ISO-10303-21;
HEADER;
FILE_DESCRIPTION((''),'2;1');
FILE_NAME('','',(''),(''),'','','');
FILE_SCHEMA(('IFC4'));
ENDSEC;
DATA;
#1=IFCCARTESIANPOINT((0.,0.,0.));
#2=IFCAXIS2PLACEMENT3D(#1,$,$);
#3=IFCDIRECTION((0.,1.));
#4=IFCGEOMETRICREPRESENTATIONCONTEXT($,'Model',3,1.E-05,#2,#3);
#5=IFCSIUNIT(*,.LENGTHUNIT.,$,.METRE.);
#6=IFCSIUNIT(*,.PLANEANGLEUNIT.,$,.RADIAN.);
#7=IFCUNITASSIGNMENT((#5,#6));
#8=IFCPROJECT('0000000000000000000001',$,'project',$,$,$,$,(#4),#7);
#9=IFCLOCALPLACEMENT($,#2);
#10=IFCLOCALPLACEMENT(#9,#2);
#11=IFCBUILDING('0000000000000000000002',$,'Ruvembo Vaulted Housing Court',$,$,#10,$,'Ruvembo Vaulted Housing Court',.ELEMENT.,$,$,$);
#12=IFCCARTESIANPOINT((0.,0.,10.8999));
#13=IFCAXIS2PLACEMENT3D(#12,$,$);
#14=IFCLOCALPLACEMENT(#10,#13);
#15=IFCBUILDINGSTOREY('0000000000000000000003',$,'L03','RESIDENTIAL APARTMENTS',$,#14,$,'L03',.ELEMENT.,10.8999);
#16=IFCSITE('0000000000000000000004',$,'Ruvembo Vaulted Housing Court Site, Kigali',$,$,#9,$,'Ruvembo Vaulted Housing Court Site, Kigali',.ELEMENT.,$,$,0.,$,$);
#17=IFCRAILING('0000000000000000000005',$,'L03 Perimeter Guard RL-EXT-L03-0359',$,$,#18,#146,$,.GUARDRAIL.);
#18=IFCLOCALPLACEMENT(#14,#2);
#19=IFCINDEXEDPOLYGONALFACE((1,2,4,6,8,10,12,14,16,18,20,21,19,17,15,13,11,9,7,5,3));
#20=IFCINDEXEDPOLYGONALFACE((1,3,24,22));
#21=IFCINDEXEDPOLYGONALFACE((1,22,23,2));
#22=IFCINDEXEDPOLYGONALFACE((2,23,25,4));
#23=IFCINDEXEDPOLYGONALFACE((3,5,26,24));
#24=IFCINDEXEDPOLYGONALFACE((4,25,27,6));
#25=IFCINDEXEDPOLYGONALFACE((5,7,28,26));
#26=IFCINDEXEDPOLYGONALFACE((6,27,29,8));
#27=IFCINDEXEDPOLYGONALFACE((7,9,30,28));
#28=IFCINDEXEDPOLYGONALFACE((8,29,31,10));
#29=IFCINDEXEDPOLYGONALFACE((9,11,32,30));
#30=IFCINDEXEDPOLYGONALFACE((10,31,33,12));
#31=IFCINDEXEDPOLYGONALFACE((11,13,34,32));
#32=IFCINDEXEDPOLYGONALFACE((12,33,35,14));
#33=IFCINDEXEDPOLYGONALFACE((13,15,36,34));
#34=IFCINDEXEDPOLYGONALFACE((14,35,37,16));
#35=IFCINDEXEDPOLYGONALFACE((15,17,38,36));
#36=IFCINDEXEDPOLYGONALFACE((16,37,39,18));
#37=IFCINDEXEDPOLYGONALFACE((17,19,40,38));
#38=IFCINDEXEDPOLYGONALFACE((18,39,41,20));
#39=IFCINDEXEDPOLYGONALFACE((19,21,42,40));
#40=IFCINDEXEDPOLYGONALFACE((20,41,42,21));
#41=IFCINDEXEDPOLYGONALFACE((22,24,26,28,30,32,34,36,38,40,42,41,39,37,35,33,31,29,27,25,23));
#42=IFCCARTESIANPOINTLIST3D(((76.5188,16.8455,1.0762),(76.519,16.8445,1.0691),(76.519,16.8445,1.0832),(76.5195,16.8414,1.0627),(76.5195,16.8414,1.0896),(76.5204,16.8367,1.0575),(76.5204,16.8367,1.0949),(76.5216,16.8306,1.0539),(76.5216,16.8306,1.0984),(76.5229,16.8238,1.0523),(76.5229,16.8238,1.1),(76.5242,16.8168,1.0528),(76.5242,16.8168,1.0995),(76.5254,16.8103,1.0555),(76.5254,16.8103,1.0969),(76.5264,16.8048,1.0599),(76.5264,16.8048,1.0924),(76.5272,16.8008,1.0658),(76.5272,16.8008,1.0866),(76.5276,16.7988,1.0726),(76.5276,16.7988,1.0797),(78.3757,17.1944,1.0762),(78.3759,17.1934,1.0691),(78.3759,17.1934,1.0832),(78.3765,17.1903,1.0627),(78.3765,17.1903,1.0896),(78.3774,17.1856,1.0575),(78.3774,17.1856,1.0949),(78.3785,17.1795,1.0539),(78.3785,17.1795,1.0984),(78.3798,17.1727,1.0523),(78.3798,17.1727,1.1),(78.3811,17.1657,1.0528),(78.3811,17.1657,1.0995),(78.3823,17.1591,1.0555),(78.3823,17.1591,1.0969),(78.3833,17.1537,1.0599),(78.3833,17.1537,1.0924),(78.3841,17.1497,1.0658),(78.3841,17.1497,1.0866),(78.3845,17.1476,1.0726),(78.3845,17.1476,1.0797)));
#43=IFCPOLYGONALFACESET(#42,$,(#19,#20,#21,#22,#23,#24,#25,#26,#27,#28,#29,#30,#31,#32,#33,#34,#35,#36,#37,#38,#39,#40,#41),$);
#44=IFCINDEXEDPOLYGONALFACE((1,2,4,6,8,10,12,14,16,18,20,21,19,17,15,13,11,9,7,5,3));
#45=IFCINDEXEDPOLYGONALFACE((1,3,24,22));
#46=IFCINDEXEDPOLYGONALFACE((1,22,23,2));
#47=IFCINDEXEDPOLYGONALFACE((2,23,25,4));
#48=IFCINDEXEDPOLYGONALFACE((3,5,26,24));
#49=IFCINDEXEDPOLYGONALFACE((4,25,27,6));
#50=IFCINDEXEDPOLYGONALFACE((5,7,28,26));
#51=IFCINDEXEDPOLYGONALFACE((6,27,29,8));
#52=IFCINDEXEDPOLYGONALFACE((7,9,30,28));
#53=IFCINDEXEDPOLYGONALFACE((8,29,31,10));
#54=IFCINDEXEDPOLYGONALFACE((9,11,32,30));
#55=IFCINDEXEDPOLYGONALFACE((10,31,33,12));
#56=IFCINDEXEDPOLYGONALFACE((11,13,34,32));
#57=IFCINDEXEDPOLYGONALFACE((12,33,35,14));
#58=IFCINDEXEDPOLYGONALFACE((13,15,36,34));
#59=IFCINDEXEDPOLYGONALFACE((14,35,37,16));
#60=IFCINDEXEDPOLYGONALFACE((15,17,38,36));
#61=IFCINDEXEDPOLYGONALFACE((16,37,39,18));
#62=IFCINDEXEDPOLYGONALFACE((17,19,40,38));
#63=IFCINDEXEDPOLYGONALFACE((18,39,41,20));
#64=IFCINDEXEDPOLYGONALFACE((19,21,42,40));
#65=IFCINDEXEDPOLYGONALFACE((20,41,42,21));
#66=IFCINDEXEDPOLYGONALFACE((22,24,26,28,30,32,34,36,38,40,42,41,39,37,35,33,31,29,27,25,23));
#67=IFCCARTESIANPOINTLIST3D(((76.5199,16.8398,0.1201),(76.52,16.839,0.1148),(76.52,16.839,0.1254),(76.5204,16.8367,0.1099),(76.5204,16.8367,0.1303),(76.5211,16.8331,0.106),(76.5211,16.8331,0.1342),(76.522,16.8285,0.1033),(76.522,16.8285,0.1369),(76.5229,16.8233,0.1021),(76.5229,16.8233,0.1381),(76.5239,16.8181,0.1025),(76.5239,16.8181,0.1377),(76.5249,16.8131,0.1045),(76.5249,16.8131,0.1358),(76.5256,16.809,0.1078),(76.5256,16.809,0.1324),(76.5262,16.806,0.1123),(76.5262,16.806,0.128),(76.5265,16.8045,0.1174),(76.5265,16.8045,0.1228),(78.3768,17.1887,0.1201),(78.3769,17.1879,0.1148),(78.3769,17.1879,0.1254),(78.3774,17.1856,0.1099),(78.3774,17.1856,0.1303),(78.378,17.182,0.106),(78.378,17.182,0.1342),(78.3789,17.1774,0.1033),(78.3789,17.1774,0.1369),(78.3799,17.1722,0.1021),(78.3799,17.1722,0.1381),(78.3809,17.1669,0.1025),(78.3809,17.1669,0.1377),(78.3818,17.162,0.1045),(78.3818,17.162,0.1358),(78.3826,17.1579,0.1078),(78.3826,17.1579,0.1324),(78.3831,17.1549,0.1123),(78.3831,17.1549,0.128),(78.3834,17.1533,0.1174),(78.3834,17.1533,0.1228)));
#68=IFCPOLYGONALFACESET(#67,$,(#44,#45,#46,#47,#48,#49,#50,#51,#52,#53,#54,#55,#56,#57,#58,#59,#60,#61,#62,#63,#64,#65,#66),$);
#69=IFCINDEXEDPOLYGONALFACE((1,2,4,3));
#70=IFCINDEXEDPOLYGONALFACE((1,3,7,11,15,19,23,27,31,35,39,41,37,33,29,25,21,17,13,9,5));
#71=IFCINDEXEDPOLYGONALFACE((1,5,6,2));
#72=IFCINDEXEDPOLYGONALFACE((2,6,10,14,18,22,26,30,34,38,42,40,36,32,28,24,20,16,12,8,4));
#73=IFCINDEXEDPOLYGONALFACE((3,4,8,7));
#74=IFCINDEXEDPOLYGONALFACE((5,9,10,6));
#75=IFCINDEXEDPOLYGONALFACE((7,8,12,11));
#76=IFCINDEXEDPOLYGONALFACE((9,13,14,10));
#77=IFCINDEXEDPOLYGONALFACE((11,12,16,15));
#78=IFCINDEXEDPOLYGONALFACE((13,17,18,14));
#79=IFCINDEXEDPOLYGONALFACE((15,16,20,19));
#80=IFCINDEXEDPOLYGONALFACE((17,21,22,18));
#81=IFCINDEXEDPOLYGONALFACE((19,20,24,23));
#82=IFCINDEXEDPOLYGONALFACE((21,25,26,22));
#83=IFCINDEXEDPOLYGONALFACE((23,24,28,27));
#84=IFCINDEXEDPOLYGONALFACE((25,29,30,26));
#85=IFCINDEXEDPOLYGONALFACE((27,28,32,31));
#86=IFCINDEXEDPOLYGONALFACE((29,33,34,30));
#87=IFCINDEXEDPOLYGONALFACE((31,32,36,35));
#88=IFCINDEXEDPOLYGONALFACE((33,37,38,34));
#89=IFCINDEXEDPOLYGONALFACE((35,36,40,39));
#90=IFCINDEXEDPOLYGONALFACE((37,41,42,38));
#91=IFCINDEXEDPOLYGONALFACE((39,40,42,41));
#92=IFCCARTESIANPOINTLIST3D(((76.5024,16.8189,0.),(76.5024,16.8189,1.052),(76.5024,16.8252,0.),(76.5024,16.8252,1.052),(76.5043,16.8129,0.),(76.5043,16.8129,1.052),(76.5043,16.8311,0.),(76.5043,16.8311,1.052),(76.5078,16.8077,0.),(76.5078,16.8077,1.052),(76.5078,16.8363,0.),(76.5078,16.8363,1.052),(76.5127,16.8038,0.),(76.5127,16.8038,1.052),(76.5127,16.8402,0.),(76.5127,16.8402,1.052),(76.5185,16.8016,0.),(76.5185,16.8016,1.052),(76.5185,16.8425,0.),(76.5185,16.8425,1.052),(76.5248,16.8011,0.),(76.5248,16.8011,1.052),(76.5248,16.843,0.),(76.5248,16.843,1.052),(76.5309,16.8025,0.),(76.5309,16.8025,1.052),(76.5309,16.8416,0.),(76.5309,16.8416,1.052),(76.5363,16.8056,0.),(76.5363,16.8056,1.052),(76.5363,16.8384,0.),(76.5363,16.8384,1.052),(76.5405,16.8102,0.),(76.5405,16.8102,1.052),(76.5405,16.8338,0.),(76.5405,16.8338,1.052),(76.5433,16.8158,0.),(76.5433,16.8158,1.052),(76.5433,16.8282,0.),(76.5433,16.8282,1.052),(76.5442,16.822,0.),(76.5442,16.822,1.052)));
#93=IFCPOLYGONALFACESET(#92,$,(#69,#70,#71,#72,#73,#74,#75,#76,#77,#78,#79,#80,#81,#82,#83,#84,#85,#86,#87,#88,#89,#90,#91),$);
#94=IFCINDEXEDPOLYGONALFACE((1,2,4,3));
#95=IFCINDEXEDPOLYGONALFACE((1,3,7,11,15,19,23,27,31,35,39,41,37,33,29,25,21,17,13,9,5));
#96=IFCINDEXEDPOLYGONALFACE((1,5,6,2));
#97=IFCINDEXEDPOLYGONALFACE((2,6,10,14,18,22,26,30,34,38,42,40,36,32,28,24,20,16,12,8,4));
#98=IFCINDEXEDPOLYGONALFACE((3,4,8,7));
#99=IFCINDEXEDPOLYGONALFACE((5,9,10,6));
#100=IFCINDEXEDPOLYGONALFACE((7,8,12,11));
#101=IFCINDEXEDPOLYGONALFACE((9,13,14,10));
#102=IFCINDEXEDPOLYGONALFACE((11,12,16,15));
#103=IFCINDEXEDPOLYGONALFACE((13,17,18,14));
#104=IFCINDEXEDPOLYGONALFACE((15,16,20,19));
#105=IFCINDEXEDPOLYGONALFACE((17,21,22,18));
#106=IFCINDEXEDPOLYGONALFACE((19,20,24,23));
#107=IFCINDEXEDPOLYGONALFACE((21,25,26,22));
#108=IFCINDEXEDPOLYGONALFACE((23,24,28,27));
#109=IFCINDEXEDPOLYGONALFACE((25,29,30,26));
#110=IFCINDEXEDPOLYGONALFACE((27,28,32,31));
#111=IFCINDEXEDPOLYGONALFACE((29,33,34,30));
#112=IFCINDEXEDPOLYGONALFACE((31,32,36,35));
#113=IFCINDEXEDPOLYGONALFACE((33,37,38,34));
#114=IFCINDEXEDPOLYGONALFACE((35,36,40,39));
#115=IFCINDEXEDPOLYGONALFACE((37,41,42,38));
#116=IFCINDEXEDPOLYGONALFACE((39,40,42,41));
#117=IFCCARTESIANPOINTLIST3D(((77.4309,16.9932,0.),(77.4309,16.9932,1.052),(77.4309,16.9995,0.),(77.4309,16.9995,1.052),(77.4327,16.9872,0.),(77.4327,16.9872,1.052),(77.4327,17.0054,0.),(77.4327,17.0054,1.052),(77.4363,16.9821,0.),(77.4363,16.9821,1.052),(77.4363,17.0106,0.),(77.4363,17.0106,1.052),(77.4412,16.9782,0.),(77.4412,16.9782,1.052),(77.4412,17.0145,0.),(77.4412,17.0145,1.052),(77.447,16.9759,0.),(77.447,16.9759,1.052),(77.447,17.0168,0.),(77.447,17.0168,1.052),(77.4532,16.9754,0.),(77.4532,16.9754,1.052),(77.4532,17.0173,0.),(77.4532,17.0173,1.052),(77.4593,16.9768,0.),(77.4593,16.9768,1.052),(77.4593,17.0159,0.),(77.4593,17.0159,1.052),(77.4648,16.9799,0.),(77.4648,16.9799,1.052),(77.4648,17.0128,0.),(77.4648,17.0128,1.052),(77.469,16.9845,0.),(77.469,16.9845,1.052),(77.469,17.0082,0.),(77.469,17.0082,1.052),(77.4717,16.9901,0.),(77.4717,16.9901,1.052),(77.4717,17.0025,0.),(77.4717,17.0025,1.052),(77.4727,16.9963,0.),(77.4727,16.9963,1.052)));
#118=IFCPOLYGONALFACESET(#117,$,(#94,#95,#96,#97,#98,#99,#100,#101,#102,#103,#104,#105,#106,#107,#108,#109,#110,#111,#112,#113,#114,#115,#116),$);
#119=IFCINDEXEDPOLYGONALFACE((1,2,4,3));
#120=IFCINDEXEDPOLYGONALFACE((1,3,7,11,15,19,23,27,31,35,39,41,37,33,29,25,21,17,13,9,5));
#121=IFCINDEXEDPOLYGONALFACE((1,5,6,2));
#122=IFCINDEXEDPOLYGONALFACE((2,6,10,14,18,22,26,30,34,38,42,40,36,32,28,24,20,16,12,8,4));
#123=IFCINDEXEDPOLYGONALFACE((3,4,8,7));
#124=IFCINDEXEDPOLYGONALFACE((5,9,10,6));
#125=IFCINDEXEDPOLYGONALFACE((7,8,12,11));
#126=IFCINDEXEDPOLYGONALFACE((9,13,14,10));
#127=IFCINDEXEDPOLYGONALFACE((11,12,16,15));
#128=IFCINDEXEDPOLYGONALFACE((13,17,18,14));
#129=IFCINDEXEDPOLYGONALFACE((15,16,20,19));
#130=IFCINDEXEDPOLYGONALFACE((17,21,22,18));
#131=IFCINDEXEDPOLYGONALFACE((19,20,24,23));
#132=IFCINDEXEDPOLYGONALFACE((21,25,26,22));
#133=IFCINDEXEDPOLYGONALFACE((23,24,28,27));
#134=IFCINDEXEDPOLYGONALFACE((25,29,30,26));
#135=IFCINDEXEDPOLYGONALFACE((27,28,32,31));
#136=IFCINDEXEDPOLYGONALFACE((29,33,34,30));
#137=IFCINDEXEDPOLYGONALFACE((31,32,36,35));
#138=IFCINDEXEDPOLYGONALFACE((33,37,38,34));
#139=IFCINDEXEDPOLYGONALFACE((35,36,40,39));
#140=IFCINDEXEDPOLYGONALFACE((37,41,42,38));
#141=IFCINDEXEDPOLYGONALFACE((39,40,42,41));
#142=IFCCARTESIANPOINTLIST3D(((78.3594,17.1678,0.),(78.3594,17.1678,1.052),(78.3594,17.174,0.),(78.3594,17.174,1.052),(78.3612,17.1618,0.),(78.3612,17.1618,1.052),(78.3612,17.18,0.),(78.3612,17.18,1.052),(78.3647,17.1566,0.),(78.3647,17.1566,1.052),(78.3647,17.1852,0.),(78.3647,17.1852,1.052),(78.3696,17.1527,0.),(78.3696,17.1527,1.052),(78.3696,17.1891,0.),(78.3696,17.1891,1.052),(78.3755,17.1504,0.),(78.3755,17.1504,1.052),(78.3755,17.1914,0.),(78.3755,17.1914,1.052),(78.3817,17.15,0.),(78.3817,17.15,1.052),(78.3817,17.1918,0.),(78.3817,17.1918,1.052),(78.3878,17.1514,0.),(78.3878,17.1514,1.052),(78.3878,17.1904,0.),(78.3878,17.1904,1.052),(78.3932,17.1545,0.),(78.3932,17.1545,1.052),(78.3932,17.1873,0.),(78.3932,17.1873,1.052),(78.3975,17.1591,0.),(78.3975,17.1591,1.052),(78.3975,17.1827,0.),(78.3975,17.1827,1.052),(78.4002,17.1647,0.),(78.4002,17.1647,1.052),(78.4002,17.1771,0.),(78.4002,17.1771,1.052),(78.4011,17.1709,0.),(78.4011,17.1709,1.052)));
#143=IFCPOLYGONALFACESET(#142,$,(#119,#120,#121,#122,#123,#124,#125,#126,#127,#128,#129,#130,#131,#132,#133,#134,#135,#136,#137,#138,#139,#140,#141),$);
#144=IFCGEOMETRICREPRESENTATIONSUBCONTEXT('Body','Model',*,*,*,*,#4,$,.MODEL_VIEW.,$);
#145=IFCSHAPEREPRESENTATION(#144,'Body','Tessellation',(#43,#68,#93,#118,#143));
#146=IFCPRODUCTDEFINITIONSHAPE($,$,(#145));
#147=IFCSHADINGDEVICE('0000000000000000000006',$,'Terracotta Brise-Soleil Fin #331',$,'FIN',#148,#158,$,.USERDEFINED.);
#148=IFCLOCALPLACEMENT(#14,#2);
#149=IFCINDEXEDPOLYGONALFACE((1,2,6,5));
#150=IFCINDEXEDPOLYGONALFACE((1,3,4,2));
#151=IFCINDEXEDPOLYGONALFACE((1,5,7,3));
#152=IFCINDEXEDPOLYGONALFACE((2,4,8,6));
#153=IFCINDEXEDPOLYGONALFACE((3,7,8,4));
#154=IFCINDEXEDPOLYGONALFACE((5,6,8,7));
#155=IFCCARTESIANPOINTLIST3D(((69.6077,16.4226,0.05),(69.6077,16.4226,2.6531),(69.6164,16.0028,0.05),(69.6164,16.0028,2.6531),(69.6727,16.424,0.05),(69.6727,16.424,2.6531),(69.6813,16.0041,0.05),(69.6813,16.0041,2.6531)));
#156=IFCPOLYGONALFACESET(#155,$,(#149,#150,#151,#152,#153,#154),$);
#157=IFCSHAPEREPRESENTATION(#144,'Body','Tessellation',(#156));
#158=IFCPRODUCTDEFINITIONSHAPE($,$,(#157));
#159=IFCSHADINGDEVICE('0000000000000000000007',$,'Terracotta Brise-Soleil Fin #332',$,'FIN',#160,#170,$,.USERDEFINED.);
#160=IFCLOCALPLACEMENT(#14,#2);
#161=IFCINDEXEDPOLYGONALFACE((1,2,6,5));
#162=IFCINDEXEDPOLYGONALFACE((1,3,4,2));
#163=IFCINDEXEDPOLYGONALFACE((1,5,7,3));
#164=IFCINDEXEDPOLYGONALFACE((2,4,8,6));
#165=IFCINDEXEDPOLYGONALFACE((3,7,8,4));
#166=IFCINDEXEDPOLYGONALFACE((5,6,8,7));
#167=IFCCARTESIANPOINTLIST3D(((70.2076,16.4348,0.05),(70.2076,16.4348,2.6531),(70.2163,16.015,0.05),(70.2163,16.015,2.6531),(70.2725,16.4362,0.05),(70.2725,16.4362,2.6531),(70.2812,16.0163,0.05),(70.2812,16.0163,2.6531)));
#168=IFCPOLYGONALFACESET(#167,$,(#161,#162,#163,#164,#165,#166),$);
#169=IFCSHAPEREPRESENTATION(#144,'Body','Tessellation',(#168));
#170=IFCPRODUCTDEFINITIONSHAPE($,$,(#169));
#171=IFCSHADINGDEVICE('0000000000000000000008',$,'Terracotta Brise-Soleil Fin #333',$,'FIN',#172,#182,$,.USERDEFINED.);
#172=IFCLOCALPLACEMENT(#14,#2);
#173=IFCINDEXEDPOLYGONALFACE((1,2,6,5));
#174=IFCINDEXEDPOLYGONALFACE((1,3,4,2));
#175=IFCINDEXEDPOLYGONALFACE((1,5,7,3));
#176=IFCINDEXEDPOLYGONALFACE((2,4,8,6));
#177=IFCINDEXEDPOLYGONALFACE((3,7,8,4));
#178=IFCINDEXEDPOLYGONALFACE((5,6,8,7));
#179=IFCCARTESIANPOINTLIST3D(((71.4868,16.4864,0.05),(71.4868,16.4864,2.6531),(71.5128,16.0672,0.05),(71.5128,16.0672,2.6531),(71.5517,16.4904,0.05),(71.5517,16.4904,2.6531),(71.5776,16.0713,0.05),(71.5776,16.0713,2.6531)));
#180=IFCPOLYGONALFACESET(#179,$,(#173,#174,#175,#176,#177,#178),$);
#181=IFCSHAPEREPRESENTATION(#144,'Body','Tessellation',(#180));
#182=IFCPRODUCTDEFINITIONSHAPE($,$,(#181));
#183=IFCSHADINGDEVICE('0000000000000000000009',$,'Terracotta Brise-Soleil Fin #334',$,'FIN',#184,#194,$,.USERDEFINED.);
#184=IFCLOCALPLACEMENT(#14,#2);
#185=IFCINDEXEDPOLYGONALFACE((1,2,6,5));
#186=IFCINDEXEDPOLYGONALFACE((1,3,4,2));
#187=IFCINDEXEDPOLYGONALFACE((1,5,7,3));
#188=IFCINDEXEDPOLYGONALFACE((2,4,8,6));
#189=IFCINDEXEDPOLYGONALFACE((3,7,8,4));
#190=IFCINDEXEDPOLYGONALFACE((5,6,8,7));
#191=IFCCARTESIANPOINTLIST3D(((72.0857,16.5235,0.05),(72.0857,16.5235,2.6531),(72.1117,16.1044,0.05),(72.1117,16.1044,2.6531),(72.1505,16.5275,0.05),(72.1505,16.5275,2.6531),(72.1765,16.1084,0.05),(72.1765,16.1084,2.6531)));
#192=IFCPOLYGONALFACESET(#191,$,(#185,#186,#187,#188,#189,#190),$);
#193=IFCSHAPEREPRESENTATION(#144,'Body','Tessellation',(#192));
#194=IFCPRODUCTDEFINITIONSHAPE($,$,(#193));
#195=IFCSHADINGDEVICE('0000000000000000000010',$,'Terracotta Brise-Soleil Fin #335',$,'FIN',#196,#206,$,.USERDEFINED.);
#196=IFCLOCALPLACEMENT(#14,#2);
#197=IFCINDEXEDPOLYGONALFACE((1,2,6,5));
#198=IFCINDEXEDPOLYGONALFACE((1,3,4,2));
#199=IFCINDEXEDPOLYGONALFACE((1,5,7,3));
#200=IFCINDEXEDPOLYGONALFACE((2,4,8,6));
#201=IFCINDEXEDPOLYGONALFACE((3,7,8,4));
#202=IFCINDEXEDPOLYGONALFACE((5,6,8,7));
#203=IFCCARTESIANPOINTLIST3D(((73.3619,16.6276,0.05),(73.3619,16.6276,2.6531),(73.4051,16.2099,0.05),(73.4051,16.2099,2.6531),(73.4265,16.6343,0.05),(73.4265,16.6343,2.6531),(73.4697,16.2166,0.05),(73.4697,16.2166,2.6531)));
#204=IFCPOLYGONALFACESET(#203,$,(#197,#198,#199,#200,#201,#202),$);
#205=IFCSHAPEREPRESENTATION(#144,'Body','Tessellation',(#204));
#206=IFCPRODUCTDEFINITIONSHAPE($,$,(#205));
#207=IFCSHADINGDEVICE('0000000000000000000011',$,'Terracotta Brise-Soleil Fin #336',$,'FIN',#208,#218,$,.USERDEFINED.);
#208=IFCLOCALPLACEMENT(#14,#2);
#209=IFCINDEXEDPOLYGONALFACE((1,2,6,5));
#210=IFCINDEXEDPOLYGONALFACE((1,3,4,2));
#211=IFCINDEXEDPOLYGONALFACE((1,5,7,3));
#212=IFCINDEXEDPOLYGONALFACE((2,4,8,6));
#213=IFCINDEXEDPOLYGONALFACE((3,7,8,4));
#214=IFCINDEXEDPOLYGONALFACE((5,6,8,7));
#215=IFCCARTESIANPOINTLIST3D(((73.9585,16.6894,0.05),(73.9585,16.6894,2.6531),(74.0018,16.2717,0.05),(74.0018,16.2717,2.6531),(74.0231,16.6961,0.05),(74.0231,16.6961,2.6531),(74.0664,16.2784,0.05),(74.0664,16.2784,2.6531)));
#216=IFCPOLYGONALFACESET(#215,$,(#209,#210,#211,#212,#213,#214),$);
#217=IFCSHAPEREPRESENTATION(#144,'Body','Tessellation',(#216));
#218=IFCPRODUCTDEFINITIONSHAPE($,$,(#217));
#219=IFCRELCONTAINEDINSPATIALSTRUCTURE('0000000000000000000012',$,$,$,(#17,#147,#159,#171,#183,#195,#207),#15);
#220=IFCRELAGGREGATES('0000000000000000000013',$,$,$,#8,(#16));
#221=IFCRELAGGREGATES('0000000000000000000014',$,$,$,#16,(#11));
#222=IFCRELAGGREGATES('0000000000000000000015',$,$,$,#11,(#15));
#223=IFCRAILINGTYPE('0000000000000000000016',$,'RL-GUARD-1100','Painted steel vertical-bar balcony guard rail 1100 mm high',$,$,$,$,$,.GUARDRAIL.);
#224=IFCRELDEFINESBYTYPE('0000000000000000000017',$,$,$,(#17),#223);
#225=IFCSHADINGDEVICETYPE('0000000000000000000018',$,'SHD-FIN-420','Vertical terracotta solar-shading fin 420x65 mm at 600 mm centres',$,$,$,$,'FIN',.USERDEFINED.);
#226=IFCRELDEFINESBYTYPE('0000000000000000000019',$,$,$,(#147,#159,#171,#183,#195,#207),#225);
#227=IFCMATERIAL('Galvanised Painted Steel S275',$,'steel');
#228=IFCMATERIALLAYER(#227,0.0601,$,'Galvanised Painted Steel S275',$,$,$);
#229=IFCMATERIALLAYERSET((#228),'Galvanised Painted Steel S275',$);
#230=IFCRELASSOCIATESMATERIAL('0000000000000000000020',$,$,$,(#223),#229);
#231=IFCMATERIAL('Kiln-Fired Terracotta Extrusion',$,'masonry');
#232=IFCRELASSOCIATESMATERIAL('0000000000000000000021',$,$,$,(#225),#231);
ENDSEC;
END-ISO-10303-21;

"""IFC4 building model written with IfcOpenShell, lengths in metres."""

from ifc_helpers import new_model, si_unit, direction, frame, origin, origin_2d, place, context, subcontext, project, spatial, rectangle, circle, extrude, material, layer, layer_set, type_object, element, save


model = new_model("IFC4")

# Units and contexts
model_context = context("Model", 3, precision=1e-05, world=origin(), true_north=direction((0.0, 1.0)))
body_context = subcontext(model_context, "Body", "Model", "MODEL_VIEW")
ifc_project = project(units=[si_unit("LENGTHUNIT", "METRE"), si_unit("PLANEANGLEUNIT", "RADIAN")], contexts=[model_context])

# Site, building, storey
site_placement = place(None, origin())
site = spatial("IfcSite", under=ifc_project, at=site_placement, Name="Ruvembo Vaulted Housing Court Site, Kigali", LongName="Ruvembo Vaulted Housing Court Site, Kigali", CompositionType="ELEMENT", RefElevation=0.0)
building_placement = place(site_placement, origin())
building = spatial("IfcBuilding", under=site, at=building_placement, Name="Ruvembo Vaulted Housing Court", LongName="Ruvembo Vaulted Housing Court", CompositionType="ELEMENT")
storey_placement = place(building_placement, frame((0.0, 0.0, 10.8999)))
storey = spatial("IfcBuildingStorey", under=building, at=storey_placement, Name="L03", Description="RESIDENTIAL APARTMENTS", LongName="L03", CompositionType="ELEMENT", Elevation=10.8999)

# Railing
ifc_material_1 = material(Name="Galvanised Painted Steel S275", Category="steel")
ifc_layer_1 = layer(ifc_material_1, 0.0601, Name="Galvanised Painted Steel S275")
ifc_layer_set_1 = layer_set([ifc_layer_1], Name="Galvanised Painted Steel S275")
railing_type = type_object("IfcRailingType", Name="RL-GUARD-1100", Description="Painted steel vertical-bar balcony guard rail 1100 mm high", PredefinedType="GUARDRAIL", material=ifc_layer_set_1)
railing_1_placement = place(storey_placement, frame((76.5232, 16.822, 0.0)))
element("IfcRailing", 1, at=railing_1_placement, inside=storey, type_object=railing_type, Name="L03 Perimeter Guard RL-EXT-L03-0359", PredefinedType="GUARDRAIL", context=body_context, shape_type="SweptSolid", body=[
    extrude(circle(Radius=0.0239, at=origin_2d()), frame((0.0, 0.0, 1.0762), z_axis=(0.982805, 0.184647, 0.0), x_axis=(-0.184647, 0.982805, 0.0)), (0.0, 0.0, 1.0), 1.8894),
    extrude(circle(Radius=0.0181, at=origin_2d()), frame((0.0, 0.0, 0.1201), z_axis=(0.982805, 0.184647, 0.0), x_axis=(-0.184647, 0.982805, 0.0)), (0.0, 0.0, 1.0), 1.8894),
    extrude(circle(Radius=0.021, at=origin_2d()), origin(), (0.0, 0.0, 1.0), 1.052),
    extrude(circle(Radius=0.021, at=origin_2d()), frame((0.9285, 0.1743, 0.0)), (0.0, 0.0, 1.0), 1.052),
    extrude(circle(Radius=0.021, at=origin_2d()), frame((1.8569, 0.3489, 0.0)), (0.0, 0.0, 1.0), 1.052),
])

# Shading devices
ifc_material_2 = material(Name="Kiln-Fired Terracotta Extrusion", Category="masonry")
shading_device_type = type_object("IfcShadingDeviceType", Name="SHD-FIN-420", Description="Vertical terracotta solar-shading fin 420x65 mm at 600 mm centres", ElementType="FIN", PredefinedType="USERDEFINED", material=ifc_material_2)
for number, where, z_axis, x_axis, name in (
    (2, (69.6445, 16.2134, 0.05), (0.0, 0.0, 1.0), (0.020646, -0.999787, 0.0), "Terracotta Brise-Soleil Fin #331"),
    (3, (70.2444, 16.2256, 0.05), (0.0, 0.0, 1.0), (0.020646, -0.999787, 0.0), "Terracotta Brise-Soleil Fin #332"),
    (4, (71.5322, 16.2788, 0.05), (0.0, 0.0, 1.0), (0.061832, -0.998087, 0.0), "Terracotta Brise-Soleil Fin #333"),
    (5, (72.1311, 16.3159, 0.05), (0.0, 0.0, 1.0), (0.061832, -0.998087, 0.0), "Terracotta Brise-Soleil Fin #334"),
    (6, (73.4158, 16.4221, 0.05), (0.0, 0.0, 1.0), (0.102949, -0.994687, 0.0), "Terracotta Brise-Soleil Fin #335"),
    (7, (74.0125, 16.4839, 0.05), (0.0, 0.0, 1.0), (0.102949, -0.994687, 0.0), "Terracotta Brise-Soleil Fin #336"),
):
    element("IfcShadingDevice", number, at=place(storey_placement, frame(where, z_axis=z_axis, x_axis=x_axis)), inside=storey, type_object=shading_device_type, Name=name, ObjectType="FIN", PredefinedType="USERDEFINED", context=body_context, shape_type="SweptSolid", body=[
        extrude(rectangle(XDim=0.4199, YDim=0.0649, at=origin_2d()), origin(), (0.0, 0.0, 1.0), 2.603),
    ])

save(model, "model.ifc")
